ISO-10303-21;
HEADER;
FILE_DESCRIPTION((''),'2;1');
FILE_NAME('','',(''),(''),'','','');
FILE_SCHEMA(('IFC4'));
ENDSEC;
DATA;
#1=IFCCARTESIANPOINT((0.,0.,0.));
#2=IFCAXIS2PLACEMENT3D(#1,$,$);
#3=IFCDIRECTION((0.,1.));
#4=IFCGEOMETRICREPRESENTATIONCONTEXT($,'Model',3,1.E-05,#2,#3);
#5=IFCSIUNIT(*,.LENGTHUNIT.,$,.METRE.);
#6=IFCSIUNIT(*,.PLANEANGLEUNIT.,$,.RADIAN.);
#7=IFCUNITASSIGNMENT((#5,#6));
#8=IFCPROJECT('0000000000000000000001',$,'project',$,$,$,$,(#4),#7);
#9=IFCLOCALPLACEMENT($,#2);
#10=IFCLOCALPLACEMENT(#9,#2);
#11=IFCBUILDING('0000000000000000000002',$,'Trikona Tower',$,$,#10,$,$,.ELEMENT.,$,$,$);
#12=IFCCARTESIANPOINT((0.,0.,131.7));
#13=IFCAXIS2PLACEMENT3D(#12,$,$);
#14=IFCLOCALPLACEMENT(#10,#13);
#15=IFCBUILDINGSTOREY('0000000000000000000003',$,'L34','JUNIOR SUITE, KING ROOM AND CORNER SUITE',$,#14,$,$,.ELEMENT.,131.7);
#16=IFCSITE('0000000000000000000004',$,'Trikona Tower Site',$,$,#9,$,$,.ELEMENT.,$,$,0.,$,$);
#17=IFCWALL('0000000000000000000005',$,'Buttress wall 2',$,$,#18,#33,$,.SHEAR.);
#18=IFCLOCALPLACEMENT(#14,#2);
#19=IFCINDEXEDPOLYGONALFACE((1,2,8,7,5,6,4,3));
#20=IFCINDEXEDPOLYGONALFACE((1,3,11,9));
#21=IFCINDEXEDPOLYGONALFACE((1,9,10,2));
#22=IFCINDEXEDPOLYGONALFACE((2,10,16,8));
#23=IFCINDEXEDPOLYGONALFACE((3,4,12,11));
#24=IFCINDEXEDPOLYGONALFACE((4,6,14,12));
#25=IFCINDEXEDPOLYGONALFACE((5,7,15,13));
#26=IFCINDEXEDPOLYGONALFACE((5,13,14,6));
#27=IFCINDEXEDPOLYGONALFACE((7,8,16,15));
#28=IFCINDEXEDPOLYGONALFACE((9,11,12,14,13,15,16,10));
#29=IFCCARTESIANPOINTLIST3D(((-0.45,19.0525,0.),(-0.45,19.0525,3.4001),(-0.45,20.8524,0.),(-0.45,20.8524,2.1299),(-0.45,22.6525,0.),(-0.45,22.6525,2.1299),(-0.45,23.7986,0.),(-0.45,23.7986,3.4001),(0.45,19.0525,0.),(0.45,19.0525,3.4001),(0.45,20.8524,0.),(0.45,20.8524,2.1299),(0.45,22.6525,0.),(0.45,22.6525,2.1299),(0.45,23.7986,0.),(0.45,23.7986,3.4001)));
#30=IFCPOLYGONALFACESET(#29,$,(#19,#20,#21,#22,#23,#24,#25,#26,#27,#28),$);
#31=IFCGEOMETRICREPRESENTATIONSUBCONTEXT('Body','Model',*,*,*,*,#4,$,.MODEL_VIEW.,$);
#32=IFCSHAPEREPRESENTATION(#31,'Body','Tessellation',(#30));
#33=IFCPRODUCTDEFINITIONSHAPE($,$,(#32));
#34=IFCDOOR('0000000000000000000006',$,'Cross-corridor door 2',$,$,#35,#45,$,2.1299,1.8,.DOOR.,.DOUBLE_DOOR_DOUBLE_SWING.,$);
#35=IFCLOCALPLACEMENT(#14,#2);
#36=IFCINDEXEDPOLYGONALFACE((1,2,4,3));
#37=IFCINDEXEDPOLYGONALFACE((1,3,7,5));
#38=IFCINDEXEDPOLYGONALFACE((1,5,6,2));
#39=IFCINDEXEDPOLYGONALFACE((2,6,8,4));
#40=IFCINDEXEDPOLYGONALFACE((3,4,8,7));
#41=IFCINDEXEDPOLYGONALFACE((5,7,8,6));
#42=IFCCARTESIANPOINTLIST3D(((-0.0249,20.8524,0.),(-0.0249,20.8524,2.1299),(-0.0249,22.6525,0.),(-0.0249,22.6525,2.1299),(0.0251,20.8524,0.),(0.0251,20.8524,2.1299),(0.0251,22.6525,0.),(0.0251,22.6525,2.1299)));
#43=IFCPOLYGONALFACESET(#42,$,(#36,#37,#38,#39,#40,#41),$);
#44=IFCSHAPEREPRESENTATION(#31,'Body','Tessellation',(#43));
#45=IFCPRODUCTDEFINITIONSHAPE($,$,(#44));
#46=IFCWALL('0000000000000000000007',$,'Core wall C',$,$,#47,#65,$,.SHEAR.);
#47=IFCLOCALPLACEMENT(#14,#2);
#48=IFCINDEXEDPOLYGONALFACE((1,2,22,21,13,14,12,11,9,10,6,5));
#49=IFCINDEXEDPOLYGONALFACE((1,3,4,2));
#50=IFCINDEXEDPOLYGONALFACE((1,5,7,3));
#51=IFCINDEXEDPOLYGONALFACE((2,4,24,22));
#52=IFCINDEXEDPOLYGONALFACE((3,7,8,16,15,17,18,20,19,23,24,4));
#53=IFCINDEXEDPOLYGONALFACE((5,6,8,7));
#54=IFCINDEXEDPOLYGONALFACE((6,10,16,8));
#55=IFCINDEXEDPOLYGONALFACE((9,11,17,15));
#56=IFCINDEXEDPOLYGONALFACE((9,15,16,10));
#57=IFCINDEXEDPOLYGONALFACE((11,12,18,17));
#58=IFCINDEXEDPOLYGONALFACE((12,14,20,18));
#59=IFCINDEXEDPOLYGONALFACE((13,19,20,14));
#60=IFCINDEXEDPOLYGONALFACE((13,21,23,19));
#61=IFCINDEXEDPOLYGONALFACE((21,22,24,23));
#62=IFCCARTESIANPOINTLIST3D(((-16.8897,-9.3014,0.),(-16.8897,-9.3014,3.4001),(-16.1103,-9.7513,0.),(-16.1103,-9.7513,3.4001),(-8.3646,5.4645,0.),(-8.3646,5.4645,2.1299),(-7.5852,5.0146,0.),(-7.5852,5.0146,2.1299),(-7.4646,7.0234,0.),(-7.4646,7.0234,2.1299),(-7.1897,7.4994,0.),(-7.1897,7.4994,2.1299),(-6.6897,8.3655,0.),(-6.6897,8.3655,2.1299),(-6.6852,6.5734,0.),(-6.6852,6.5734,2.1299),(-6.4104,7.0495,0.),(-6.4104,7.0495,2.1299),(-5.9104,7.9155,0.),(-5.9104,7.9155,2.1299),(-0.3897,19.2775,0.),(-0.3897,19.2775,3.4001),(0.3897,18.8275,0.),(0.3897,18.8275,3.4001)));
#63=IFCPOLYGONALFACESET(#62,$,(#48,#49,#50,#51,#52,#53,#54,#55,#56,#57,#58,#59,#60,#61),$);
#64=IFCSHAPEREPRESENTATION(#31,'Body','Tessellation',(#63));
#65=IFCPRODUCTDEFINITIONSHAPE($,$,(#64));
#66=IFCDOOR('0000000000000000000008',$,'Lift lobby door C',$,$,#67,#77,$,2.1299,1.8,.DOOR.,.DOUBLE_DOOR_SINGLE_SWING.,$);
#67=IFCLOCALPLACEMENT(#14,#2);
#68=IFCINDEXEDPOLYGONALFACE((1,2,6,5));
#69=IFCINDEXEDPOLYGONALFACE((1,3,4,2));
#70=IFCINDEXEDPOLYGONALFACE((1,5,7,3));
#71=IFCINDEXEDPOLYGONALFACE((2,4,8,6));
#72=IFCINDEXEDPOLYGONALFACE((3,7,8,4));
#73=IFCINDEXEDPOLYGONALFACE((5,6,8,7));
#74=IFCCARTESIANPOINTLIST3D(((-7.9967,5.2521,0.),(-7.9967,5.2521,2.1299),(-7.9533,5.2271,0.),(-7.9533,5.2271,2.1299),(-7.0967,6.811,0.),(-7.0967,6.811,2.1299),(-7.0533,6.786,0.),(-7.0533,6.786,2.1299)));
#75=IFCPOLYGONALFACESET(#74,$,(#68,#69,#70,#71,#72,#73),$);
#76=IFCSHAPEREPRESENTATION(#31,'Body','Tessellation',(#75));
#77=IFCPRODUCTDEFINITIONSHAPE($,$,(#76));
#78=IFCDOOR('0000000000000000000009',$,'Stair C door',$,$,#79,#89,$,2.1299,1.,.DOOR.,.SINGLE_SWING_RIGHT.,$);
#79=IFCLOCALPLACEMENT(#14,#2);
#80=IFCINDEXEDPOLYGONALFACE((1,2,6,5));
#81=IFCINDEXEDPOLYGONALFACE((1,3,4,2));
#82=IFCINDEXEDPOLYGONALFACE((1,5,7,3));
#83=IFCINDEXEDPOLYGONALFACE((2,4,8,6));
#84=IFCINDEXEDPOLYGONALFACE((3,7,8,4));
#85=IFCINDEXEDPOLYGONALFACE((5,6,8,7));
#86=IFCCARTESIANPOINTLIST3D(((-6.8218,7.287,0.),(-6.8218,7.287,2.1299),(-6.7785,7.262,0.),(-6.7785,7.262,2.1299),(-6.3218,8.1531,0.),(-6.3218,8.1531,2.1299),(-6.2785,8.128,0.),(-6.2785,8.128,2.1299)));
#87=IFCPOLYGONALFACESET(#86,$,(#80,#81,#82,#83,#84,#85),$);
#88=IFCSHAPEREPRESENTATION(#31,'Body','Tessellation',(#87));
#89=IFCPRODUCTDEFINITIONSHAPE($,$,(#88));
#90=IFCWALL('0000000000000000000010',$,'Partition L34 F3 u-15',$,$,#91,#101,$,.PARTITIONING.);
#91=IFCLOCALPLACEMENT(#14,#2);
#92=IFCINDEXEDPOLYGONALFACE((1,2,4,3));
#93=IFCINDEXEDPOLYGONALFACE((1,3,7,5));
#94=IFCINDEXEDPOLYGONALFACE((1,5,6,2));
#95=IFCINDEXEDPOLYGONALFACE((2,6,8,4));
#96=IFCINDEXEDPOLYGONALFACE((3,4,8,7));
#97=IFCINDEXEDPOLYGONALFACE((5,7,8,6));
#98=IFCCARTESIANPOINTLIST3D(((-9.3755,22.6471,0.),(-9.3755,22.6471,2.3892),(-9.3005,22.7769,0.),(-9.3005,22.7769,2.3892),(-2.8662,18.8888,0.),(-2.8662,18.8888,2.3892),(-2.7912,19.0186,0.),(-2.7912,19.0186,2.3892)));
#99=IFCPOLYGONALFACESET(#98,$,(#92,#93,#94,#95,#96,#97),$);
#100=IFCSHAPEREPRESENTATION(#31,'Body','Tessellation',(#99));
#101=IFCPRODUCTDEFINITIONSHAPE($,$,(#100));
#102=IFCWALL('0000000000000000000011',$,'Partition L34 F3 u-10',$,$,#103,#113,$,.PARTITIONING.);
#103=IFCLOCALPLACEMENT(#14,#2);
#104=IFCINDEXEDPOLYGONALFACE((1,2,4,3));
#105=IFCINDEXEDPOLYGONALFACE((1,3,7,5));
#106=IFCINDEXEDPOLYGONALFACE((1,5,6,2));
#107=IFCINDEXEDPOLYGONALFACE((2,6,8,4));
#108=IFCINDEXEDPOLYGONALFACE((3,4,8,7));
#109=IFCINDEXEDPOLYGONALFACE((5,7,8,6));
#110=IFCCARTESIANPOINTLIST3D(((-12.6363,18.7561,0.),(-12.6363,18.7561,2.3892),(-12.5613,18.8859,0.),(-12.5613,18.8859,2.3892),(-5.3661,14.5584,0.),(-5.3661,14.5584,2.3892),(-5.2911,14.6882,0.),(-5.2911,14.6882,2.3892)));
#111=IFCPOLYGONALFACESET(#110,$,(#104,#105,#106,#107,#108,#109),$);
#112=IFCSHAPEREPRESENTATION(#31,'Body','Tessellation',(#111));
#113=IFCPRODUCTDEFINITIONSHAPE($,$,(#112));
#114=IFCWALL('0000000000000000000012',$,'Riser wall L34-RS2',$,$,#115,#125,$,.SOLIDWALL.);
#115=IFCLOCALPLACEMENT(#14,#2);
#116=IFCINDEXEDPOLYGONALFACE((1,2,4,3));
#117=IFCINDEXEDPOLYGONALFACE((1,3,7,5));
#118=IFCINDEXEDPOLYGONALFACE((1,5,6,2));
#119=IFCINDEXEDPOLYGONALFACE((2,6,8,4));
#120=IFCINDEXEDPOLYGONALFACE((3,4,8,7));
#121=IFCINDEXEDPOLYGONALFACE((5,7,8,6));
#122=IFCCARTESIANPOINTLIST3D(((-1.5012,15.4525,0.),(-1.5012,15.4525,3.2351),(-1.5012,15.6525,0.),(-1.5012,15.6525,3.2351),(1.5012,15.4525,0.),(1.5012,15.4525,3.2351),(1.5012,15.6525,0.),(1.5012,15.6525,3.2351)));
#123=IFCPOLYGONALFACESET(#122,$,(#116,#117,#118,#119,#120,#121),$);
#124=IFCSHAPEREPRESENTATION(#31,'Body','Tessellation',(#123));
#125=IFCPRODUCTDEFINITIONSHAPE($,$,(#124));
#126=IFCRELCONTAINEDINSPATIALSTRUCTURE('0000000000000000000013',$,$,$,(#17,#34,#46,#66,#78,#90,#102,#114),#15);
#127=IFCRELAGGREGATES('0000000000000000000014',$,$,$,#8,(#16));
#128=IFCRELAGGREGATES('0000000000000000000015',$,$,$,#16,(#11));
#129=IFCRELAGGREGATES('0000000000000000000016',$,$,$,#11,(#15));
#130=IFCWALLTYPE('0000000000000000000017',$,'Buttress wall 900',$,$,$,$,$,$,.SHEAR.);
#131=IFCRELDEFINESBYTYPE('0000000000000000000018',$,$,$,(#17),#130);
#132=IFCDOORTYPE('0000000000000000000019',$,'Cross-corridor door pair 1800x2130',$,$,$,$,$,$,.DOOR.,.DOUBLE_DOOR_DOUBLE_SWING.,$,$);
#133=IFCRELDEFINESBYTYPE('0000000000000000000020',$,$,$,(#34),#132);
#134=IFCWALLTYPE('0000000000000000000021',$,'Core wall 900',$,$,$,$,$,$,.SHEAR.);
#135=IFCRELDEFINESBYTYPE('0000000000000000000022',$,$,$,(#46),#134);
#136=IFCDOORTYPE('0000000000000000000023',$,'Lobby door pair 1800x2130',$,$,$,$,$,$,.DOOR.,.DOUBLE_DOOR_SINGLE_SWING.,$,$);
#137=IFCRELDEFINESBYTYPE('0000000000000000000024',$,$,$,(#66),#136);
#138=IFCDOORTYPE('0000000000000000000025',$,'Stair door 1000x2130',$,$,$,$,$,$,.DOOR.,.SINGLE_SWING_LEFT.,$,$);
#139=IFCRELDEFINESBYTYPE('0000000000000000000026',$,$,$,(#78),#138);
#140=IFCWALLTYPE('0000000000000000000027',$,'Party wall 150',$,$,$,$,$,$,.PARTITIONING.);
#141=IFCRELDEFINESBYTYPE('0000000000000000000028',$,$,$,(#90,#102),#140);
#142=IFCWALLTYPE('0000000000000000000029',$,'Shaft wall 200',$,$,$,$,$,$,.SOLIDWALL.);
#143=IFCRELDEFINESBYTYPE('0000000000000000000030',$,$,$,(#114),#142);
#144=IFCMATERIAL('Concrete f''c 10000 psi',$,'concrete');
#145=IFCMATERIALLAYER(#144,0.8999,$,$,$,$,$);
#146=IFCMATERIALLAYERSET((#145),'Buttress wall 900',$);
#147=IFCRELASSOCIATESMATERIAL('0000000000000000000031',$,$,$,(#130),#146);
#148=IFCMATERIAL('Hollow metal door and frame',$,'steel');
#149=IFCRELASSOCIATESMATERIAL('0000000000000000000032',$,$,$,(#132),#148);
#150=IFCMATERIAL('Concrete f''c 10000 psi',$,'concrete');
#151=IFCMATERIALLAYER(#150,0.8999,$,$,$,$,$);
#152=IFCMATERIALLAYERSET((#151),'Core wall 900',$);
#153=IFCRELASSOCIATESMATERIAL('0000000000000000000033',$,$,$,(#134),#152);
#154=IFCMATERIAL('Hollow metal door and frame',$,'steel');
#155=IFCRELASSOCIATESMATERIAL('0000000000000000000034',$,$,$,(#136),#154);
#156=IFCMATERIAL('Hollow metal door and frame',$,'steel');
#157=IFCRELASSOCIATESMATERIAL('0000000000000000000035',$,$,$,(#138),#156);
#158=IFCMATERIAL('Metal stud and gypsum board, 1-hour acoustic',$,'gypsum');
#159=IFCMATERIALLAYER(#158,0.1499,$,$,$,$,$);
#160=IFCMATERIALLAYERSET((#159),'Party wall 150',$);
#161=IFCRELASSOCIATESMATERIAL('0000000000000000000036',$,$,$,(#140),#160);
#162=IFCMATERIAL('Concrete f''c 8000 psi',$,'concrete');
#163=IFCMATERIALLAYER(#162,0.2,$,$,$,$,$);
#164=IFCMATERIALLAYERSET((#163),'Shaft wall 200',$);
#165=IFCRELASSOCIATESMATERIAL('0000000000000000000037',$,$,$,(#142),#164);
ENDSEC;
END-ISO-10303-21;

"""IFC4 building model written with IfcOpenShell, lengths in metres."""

from ifc_helpers import new_model, si_unit, direction, frame, frame_2d, origin, place, context, subcontext, project, spatial, rectangle, extrude, material, layer, layer_set, type_object, element, fill, save


model = new_model("IFC4")

# Units and contexts
model_context = context("Model", 3, precision=1e-05, world=origin(), true_north=direction((0.0, 1.0)))
body_context = subcontext(model_context, "Body", "Model", "MODEL_VIEW")
ifc_project = project(units=[si_unit("LENGTHUNIT", "METRE"), si_unit("PLANEANGLEUNIT", "RADIAN")], contexts=[model_context])

# Site, building, storey
site_placement = place(None, origin())
site = spatial("IfcSite", under=ifc_project, at=site_placement, Name="Trikona Tower Site", CompositionType="ELEMENT", RefElevation=0.0)
building_placement = place(site_placement, origin())
building = spatial("IfcBuilding", under=site, at=building_placement, Name="Trikona Tower", CompositionType="ELEMENT")
storey_placement = place(building_placement, frame((0.0, 0.0, 131.7)))
storey = spatial("IfcBuildingStorey", under=building, at=storey_placement, Name="L34", Description="JUNIOR SUITE, KING ROOM AND CORNER SUITE", CompositionType="ELEMENT", Elevation=131.7)

# Wall, opening, door
ifc_material_1 = material(Name="Concrete f'c 10000 psi", Category="concrete")
ifc_layer_1 = layer(ifc_material_1, 0.8999)
ifc_layer_set_1 = layer_set([ifc_layer_1], Name="Buttress wall 900")
wall_type_1 = type_object("IfcWallType", Name="Buttress wall 900", PredefinedType="SHEAR", material=ifc_layer_set_1)
wall_1_placement = place(storey_placement, frame((0.0, 19.0525, 0.0), z_axis=(0.0, 0.0, 1.0), x_axis=(0.0, 1.0, 0.0)))
wall_1 = element("IfcWall", 1, at=wall_1_placement, inside=storey, type_object=wall_type_1, Name="Buttress wall 2", PredefinedType="SHEAR", context=body_context, shape_type="SweptSolid", body=[
    extrude(rectangle(XDim=4.7461, YDim=0.8999, at=frame_2d((2.373, 0.0))), origin(), (0.0, 0.0, 1.0), 3.4001),
])
opening_1_placement = place(wall_1_placement, frame((1.8, 0.0, 0.0)))
opening_1 = element("IfcOpeningElement", 2, at=opening_1_placement, cuts=wall_1, PredefinedType="OPENING", context=body_context, shape_type="SweptSolid", body=[
    extrude(rectangle(XDim=1.8, YDim=2.1299, at=frame_2d((0.8999, 1.0649))), frame((0.0, 0.46, 0.0), z_axis=(0.0, -1.0, 0.0), x_axis=(1.0, 0.0, 0.0)), (0.0, 0.0, 1.0), 0.9199),
])
ifc_material_2 = material(Name="Hollow metal door and frame", Category="steel")
door_type_1 = type_object("IfcDoorType", Name="Cross-corridor door pair 1800x2130", OperationType="DOUBLE_DOOR_DOUBLE_SWING", PredefinedType="DOOR", material=ifc_material_2)
door_1_placement = place(opening_1_placement, origin())
door_1 = element("IfcDoor", 3, at=door_1_placement, inside=storey, type_object=door_type_1, Name="Cross-corridor door 2", OperationType="DOUBLE_DOOR_DOUBLE_SWING", OverallHeight=2.1299, OverallWidth=1.8, PredefinedType="DOOR", context=body_context, shape_type="SweptSolid", body=[
    extrude(rectangle(XDim=1.8, YDim=2.1299, at=frame_2d((0.8999, 1.0649))), frame((0.0, 0.0249, 0.0), z_axis=(0.0, -1.0, 0.0), x_axis=(1.0, 0.0, 0.0)), (0.0, 0.0, 1.0), 0.05),
])
fill(opening_1, door_1)

# Wall, openings, doors
ifc_material_3 = material(Name="Concrete f'c 10000 psi", Category="concrete")
ifc_layer_2 = layer(ifc_material_3, 0.8999)
ifc_layer_set_2 = layer_set([ifc_layer_2], Name="Core wall 900")
wall_type_2 = type_object("IfcWallType", Name="Core wall 900", PredefinedType="SHEAR", material=ifc_layer_set_2)
wall_2_placement = place(storey_placement, frame((0.0, 19.0525, 0.0), z_axis=(0.0, 0.0, 1.0), x_axis=(-0.5, -0.866026, 0.0)))
wall_2 = element("IfcWall", 4, at=wall_2_placement, inside=storey, type_object=wall_type_2, Name="Core wall C", PredefinedType="SHEAR", context=body_context, shape_type="SweptSolid", body=[
    extrude(rectangle(XDim=33.0, YDim=0.8999, at=frame_2d((16.5, 0.0))), origin(), (0.0, 0.0, 1.0), 3.4001),
])
opening_2_placement = place(wall_2_placement, frame((14.1499, 0.0, 0.0)))
opening_2 = element("IfcOpeningElement", 5, at=opening_2_placement, cuts=wall_2, PredefinedType="OPENING", context=body_context, shape_type="SweptSolid", body=[
    extrude(rectangle(XDim=1.8, YDim=2.1299, at=frame_2d((0.8999, 1.0649))), frame((0.0, 0.46, 0.0), z_axis=(0.0, -1.0, 0.0), x_axis=(1.0, 0.0, 0.0)), (0.0, 0.0, 1.0), 0.9199),
])
opening_3_placement = place(wall_2_placement, frame((12.6001, 0.0, 0.0)))
opening_3 = element("IfcOpeningElement", 6, at=opening_3_placement, cuts=wall_2, PredefinedType="OPENING", context=body_context, shape_type="SweptSolid", body=[
    extrude(rectangle(XDim=1.0, YDim=2.1299, at=frame_2d((0.5, 1.0649))), frame((0.0, 0.46, 0.0), z_axis=(0.0, -1.0, 0.0), x_axis=(1.0, 0.0, 0.0)), (0.0, 0.0, 1.0), 0.9199),
])
ifc_material_4 = material(Name="Hollow metal door and frame", Category="steel")
door_type_2 = type_object("IfcDoorType", Name="Lobby door pair 1800x2130", OperationType="DOUBLE_DOOR_SINGLE_SWING", PredefinedType="DOOR", material=ifc_material_4)
door_2_placement = place(opening_2_placement, origin())
door_2 = element("IfcDoor", 7, at=door_2_placement, inside=storey, type_object=door_type_2, Name="Lift lobby door C", OperationType="DOUBLE_DOOR_SINGLE_SWING", OverallHeight=2.1299, OverallWidth=1.8, PredefinedType="DOOR", context=body_context, shape_type="SweptSolid", body=[
    extrude(rectangle(XDim=1.8, YDim=2.1299, at=frame_2d((0.8999, 1.0649))), frame((0.0, 0.0249, 0.0), z_axis=(0.0, -1.0, 0.0), x_axis=(1.0, 0.0, 0.0)), (0.0, 0.0, 1.0), 0.05),
])
fill(opening_2, door_2)
ifc_material_5 = material(Name="Hollow metal door and frame", Category="steel")
door_type_3 = type_object("IfcDoorType", Name="Stair door 1000x2130", OperationType="SINGLE_SWING_LEFT", PredefinedType="DOOR", material=ifc_material_5)
door_3_placement = place(opening_3_placement, origin())
door_3 = element("IfcDoor", 8, at=door_3_placement, inside=storey, type_object=door_type_3, Name="Stair C door", OperationType="SINGLE_SWING_RIGHT", OverallHeight=2.1299, OverallWidth=1.0, PredefinedType="DOOR", context=body_context, shape_type="SweptSolid", body=[
    extrude(rectangle(XDim=1.0, YDim=2.1299, at=frame_2d((0.5, 1.0649))), frame((0.0, 0.0249, 0.0), z_axis=(0.0, -1.0, 0.0), x_axis=(1.0, 0.0, 0.0)), (0.0, 0.0, 1.0), 0.05),
])
fill(opening_3, door_3)

# Walls
ifc_material_6 = material(Name="Metal stud and gypsum board, 1-hour acoustic", Category="gypsum")
ifc_layer_3 = layer(ifc_material_6, 0.1499)
ifc_layer_set_3 = layer_set([ifc_layer_3], Name="Party wall 150")
wall_type_3 = type_object("IfcWallType", Name="Party wall 150", PredefinedType="PARTITIONING", material=ifc_layer_set_3)
wall_3_placement = place(storey_placement, frame((-2.8286, 18.9536, 0.0), z_axis=(0.0, 0.0, 1.0), x_axis=(-0.866016, 0.500017, 0.0)))
element("IfcWall", 9, at=wall_3_placement, inside=storey, type_object=wall_type_3, Name="Partition L34 F3 u-15", PredefinedType="PARTITIONING", context=body_context, shape_type="SweptSolid", body=[
    extrude(rectangle(XDim=7.5164, YDim=0.1499, at=frame_2d((3.7583, 0.0))), origin(), (0.0, 0.0, 1.0), 2.3892),
])
wall_4_placement = place(storey_placement, frame((-5.3286, 14.6233, 0.0), z_axis=(0.0, 0.0, 1.0), x_axis=(-0.866012, 0.500024, 0.0)))
element("IfcWall", 10, at=wall_4_placement, inside=storey, type_object=wall_type_3, Name="Partition L34 F3 u-10", PredefinedType="PARTITIONING", context=body_context, shape_type="SweptSolid", body=[
    extrude(rectangle(XDim=8.395, YDim=0.1499, at=frame_2d((4.1975, 0.0))), origin(), (0.0, 0.0, 1.0), 2.3892),
])
ifc_material_7 = material(Name="Concrete f'c 8000 psi", Category="concrete")
ifc_layer_4 = layer(ifc_material_7, 0.2)
ifc_layer_set_4 = layer_set([ifc_layer_4], Name="Shaft wall 200")
wall_type_4 = type_object("IfcWallType", Name="Shaft wall 200", PredefinedType="SOLIDWALL", material=ifc_layer_set_4)
wall_5_placement = place(storey_placement, frame((-1.5012, 15.5525, 0.0), z_axis=(0.0, 0.0, 1.0), x_axis=(1.0, 0.0, 0.0)))
element("IfcWall", 11, at=wall_5_placement, inside=storey, type_object=wall_type_4, Name="Riser wall L34-RS2", PredefinedType="SOLIDWALL", context=body_context, shape_type="SweptSolid", body=[
    extrude(rectangle(XDim=3.0024, YDim=0.2, at=frame_2d((1.5012, 0.0))), origin(), (0.0, 0.0, 1.0), 3.2351),
])

save(model, "model.ifc")
